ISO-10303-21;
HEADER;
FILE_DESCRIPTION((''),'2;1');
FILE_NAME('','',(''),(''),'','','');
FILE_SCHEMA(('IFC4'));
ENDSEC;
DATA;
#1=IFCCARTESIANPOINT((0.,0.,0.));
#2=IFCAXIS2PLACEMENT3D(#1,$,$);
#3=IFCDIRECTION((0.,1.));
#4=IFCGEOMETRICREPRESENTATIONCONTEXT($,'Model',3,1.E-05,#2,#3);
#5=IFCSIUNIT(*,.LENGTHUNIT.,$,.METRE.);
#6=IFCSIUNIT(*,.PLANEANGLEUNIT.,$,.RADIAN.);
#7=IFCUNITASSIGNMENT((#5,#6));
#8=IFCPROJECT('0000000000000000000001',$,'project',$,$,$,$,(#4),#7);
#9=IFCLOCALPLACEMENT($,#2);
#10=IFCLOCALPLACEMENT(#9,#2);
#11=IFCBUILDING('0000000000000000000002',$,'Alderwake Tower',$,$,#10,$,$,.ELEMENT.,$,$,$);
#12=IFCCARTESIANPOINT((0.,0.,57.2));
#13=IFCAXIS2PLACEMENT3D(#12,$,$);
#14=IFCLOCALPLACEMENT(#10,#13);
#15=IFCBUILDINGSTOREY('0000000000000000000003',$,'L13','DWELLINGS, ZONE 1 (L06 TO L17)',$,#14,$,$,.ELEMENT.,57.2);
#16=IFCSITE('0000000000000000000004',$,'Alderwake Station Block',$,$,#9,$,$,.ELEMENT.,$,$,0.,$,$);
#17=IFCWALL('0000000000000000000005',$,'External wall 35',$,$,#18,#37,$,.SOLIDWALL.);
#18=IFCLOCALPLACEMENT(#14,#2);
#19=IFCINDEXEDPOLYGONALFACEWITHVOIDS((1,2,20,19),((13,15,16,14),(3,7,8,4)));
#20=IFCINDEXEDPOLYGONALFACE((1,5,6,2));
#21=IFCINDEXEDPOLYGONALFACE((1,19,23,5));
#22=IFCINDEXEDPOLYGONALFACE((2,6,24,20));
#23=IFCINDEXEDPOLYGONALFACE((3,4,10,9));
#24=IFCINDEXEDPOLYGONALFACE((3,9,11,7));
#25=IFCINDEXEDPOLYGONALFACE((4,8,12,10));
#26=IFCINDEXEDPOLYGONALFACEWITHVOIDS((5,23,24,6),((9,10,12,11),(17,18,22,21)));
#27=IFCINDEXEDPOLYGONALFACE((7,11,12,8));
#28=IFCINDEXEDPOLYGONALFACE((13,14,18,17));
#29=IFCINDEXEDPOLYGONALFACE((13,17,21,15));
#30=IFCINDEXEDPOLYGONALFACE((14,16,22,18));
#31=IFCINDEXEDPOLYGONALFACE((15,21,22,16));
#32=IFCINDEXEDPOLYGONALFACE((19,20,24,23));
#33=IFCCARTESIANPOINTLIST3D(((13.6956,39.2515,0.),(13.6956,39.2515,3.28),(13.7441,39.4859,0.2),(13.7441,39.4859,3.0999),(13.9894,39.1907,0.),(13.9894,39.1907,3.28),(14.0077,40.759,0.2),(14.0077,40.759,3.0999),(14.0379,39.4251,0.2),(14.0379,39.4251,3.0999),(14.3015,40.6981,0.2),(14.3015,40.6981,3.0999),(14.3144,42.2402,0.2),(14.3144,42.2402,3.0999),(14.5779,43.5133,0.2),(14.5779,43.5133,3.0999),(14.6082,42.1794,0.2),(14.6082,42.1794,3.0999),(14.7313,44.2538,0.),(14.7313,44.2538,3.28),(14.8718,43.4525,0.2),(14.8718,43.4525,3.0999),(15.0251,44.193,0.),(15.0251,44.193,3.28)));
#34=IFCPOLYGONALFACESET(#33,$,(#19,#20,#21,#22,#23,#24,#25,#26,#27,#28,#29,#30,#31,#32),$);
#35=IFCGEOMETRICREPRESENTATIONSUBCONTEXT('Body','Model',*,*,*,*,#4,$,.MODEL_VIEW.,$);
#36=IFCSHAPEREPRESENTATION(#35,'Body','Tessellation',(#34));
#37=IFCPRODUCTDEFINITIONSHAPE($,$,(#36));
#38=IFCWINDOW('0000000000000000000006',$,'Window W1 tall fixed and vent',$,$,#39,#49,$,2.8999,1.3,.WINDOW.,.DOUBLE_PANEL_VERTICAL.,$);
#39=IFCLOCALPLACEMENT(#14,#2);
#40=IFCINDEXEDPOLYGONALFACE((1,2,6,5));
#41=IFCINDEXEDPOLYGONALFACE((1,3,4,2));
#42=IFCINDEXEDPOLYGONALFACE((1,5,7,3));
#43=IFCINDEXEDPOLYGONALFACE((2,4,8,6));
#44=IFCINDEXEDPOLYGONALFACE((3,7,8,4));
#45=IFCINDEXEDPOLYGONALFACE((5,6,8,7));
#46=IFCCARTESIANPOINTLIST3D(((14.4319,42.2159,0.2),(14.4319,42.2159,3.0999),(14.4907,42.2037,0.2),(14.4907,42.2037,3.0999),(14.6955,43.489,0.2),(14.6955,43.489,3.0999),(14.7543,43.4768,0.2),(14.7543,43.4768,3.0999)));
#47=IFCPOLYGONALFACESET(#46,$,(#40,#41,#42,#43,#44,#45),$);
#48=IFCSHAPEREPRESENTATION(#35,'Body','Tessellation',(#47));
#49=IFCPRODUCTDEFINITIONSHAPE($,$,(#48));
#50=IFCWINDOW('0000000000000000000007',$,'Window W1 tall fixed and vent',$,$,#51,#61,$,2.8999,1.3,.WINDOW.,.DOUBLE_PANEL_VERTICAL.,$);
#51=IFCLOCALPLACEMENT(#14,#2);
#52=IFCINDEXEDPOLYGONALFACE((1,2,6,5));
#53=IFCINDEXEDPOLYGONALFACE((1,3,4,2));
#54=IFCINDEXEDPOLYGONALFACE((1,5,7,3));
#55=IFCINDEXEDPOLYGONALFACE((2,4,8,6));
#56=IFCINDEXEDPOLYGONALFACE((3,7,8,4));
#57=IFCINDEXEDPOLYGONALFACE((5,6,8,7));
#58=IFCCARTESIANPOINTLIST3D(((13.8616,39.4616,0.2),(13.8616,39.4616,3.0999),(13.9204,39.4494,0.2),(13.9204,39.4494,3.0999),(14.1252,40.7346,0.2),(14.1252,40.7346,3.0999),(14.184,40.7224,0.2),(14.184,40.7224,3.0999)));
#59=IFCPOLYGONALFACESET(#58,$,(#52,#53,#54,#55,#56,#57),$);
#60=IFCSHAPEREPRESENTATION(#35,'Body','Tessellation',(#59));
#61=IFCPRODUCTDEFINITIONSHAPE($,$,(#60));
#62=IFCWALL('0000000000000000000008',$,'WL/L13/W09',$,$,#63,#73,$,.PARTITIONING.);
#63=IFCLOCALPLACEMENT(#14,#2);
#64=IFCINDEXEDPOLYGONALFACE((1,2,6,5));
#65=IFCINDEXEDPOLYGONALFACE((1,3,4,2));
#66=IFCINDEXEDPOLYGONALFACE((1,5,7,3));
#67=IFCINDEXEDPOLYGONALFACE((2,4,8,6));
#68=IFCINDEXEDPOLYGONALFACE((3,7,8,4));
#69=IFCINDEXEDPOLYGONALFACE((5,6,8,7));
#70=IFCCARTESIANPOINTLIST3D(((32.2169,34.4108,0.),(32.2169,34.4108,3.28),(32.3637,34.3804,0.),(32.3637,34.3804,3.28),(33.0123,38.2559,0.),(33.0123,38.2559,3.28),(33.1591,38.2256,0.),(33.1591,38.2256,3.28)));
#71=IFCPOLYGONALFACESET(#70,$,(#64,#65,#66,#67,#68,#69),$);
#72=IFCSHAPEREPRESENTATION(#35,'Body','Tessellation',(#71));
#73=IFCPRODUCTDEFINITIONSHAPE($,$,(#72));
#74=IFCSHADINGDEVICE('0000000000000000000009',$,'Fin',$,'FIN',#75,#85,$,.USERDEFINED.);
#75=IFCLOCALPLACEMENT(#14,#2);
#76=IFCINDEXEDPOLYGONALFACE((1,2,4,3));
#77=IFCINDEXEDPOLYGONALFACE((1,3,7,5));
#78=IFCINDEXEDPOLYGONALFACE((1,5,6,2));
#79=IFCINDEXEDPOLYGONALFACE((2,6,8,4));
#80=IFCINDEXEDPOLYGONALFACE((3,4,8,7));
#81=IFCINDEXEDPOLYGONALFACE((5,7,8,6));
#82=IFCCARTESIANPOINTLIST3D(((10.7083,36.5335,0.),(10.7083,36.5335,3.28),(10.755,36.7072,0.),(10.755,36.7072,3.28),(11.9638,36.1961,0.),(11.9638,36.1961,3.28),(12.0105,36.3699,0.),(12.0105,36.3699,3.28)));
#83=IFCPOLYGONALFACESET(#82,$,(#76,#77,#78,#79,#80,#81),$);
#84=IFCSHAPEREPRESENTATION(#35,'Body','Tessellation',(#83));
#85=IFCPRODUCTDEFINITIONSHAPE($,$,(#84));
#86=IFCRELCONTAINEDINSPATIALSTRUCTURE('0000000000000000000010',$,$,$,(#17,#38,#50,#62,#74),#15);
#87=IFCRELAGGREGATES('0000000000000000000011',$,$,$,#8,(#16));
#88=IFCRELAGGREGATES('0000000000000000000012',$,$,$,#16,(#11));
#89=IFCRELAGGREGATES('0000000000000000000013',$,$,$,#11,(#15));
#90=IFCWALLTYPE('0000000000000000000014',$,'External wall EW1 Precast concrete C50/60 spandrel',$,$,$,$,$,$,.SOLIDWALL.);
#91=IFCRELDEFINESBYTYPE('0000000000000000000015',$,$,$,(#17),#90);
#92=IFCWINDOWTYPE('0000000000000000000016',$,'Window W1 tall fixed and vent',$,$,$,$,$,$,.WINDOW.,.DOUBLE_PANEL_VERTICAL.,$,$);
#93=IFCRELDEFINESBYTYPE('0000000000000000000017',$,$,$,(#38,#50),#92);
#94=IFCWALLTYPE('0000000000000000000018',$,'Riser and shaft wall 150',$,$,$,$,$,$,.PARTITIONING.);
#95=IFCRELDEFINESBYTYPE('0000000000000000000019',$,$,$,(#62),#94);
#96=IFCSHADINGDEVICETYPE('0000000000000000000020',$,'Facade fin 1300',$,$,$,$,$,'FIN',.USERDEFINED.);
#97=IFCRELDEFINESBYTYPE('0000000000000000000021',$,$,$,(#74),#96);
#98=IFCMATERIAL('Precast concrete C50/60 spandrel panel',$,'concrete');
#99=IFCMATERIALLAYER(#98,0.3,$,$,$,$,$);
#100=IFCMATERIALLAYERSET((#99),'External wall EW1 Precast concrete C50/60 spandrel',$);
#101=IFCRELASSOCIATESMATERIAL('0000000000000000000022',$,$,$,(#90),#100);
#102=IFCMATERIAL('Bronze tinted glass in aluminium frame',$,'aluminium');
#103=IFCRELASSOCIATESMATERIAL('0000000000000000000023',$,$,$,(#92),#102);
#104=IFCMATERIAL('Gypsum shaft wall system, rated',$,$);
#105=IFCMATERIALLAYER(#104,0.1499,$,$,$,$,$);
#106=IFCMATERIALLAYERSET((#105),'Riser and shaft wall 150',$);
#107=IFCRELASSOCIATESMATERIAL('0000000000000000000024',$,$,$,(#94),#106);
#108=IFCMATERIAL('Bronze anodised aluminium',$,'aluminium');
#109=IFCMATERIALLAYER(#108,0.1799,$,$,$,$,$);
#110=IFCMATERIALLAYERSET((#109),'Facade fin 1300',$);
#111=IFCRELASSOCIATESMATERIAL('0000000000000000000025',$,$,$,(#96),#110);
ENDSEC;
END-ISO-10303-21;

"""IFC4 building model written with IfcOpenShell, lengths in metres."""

from ifc_helpers import new_model, si_unit, direction, frame, frame_2d, origin, origin_2d, place, context, subcontext, project, spatial, rectangle, extrude, material, layer, layer_set, type_object, element, fill, save


model = new_model("IFC4")

# Units and contexts
model_context = context("Model", 3, precision=1e-05, world=origin(), true_north=direction((0.0, 1.0)))
body_context = subcontext(model_context, "Body", "Model", "MODEL_VIEW")
ifc_project = project(units=[si_unit("LENGTHUNIT", "METRE"), si_unit("PLANEANGLEUNIT", "RADIAN")], contexts=[model_context])

# Site, building, storey
site_placement = place(None, origin())
site = spatial("IfcSite", under=ifc_project, at=site_placement, Name="Alderwake Station Block", CompositionType="ELEMENT", RefElevation=0.0)
building_placement = place(site_placement, origin())
building = spatial("IfcBuilding", under=site, at=building_placement, Name="Alderwake Tower", CompositionType="ELEMENT")
storey_placement = place(building_placement, frame((0.0, 0.0, 57.2)))
storey = spatial("IfcBuildingStorey", under=building, at=storey_placement, Name="L13", Description="DWELLINGS, ZONE 1 (L06 TO L17)", CompositionType="ELEMENT", Elevation=57.2)

# Wall, openings, windows
ifc_material_1 = material(Name="Precast concrete C50/60 spandrel panel", Category="concrete")
ifc_layer_1 = layer(ifc_material_1, 0.3)
ifc_layer_set_1 = layer_set([ifc_layer_1], Name="External wall EW1 Precast concrete C50/60 spandrel")
wall_type_1 = type_object("IfcWallType", Name="External wall EW1 Precast concrete C50/60 spandrel", PredefinedType="SOLIDWALL", material=ifc_layer_set_1)
wall_1_placement = place(storey_placement, frame((14.8782, 44.2234, 0.0), z_axis=(0.0, 0.0, 1.0), x_axis=(-0.202738, -0.979233, 0.0)))
wall_1 = element("IfcWall", 1, at=wall_1_placement, inside=storey, type_object=wall_type_1, Name="External wall 35", PredefinedType="SOLIDWALL", context=body_context, shape_type="SweptSolid", body=[
    extrude(rectangle(XDim=5.1084, YDim=0.3, at=frame_2d((2.5542, 0.0))), origin(), (0.0, 0.0, 1.0), 3.28),
])
opening_1_placement = place(wall_1_placement, frame((0.7563, 0.0, 0.2)))
opening_1 = element("IfcOpeningElement", 2, at=opening_1_placement, cuts=wall_1, PredefinedType="OPENING", context=body_context, shape_type="SweptSolid", body=[
    extrude(rectangle(XDim=1.3, YDim=2.8999, at=frame_2d((0.6499, 1.45))), frame((0.0, 0.1599, 0.0), z_axis=(0.0, -1.0, 0.0), x_axis=(1.0, 0.0, 0.0)), (0.0, 0.0, 1.0), 0.3201),
])
opening_2_placement = place(wall_1_placement, frame((3.5691, 0.0, 0.2)))
opening_2 = element("IfcOpeningElement", 3, at=opening_2_placement, cuts=wall_1, PredefinedType="OPENING", context=body_context, shape_type="SweptSolid", body=[
    extrude(rectangle(XDim=1.3, YDim=2.8999, at=frame_2d((0.6499, 1.45))), frame((0.0, 0.1599, 0.0), z_axis=(0.0, -1.0, 0.0), x_axis=(1.0, 0.0, 0.0)), (0.0, 0.0, 1.0), 0.3201),
])
ifc_material_2 = material(Name="Bronze tinted glass in aluminium frame", Category="aluminium")
window_type = type_object("IfcWindowType", Name="Window W1 tall fixed and vent", PartitioningType="DOUBLE_PANEL_VERTICAL", PredefinedType="WINDOW", material=ifc_material_2)
window_1_placement = place(opening_1_placement, origin())
window_1 = element("IfcWindow", 4, at=window_1_placement, inside=storey, type_object=window_type, Name="Window W1 tall fixed and vent", OverallHeight=2.8999, OverallWidth=1.3, PartitioningType="DOUBLE_PANEL_VERTICAL", PredefinedType="WINDOW", context=body_context, shape_type="SweptSolid", body=[
    extrude(rectangle(XDim=1.3, YDim=2.8999, at=frame_2d((0.6499, 1.45))), frame((0.0, 0.03, 0.0), z_axis=(0.0, -1.0, 0.0), x_axis=(1.0, 0.0, 0.0)), (0.0, 0.0, 1.0), 0.0601),
])
fill(opening_1, window_1)
window_2_placement = place(opening_2_placement, origin())
window_2 = element("IfcWindow", 5, at=window_2_placement, inside=storey, type_object=window_type, Name="Window W1 tall fixed and vent", OverallHeight=2.8999, OverallWidth=1.3, PartitioningType="DOUBLE_PANEL_VERTICAL", PredefinedType="WINDOW", context=body_context, shape_type="SweptSolid", body=[
    extrude(rectangle(XDim=1.3, YDim=2.8999, at=frame_2d((0.6499, 1.45))), frame((0.0, 0.03, 0.0), z_axis=(0.0, -1.0, 0.0), x_axis=(1.0, 0.0, 0.0)), (0.0, 0.0, 1.0), 0.0601),
])
fill(opening_2, window_2)

# Wall
ifc_material_3 = material(Name="Gypsum shaft wall system, rated")
ifc_layer_2 = layer(ifc_material_3, 0.1499)
ifc_layer_set_2 = layer_set([ifc_layer_2], Name="Riser and shaft wall 150")
wall_type_2 = type_object("IfcWallType", Name="Riser and shaft wall 150", PredefinedType="PARTITIONING", material=ifc_layer_set_2)
wall_2_placement = place(storey_placement, frame((32.2903, 34.3955, 0.0), z_axis=(0.0, 0.0, 1.0), x_axis=(0.202569, 0.979268, 0.0)))
element("IfcWall", 6, at=wall_2_placement, inside=storey, type_object=wall_type_2, Name="WL/L13/W09", PredefinedType="PARTITIONING", context=body_context, shape_type="SweptSolid", body=[
    extrude(rectangle(XDim=3.9265, YDim=0.1499, at=frame_2d((1.9634, 0.0))), origin(), (0.0, 0.0, 1.0), 3.28),
])

# Shading device
ifc_material_4 = material(Name="Bronze anodised aluminium", Category="aluminium")
ifc_layer_3 = layer(ifc_material_4, 0.1799)
ifc_layer_set_3 = layer_set([ifc_layer_3], Name="Facade fin 1300")
shading_device_type = type_object("IfcShadingDeviceType", Name="Facade fin 1300", ElementType="FIN", PredefinedType="USERDEFINED", material=ifc_layer_set_3)
shading_device_placement = place(storey_placement, frame((11.3594, 36.4517, 0.0), z_axis=(0.0, 0.0, 1.0), x_axis=(0.965744, -0.259495, 0.0)))
element("IfcShadingDevice", 7, at=shading_device_placement, inside=storey, type_object=shading_device_type, Name="Fin", ObjectType="FIN", PredefinedType="USERDEFINED", context=body_context, shape_type="SweptSolid", body=[
    extrude(rectangle(XDim=1.3, YDim=0.1799, at=origin_2d()), origin(), (0.0, 0.0, 1.0), 3.28),
])

save(model, "model.ifc")
